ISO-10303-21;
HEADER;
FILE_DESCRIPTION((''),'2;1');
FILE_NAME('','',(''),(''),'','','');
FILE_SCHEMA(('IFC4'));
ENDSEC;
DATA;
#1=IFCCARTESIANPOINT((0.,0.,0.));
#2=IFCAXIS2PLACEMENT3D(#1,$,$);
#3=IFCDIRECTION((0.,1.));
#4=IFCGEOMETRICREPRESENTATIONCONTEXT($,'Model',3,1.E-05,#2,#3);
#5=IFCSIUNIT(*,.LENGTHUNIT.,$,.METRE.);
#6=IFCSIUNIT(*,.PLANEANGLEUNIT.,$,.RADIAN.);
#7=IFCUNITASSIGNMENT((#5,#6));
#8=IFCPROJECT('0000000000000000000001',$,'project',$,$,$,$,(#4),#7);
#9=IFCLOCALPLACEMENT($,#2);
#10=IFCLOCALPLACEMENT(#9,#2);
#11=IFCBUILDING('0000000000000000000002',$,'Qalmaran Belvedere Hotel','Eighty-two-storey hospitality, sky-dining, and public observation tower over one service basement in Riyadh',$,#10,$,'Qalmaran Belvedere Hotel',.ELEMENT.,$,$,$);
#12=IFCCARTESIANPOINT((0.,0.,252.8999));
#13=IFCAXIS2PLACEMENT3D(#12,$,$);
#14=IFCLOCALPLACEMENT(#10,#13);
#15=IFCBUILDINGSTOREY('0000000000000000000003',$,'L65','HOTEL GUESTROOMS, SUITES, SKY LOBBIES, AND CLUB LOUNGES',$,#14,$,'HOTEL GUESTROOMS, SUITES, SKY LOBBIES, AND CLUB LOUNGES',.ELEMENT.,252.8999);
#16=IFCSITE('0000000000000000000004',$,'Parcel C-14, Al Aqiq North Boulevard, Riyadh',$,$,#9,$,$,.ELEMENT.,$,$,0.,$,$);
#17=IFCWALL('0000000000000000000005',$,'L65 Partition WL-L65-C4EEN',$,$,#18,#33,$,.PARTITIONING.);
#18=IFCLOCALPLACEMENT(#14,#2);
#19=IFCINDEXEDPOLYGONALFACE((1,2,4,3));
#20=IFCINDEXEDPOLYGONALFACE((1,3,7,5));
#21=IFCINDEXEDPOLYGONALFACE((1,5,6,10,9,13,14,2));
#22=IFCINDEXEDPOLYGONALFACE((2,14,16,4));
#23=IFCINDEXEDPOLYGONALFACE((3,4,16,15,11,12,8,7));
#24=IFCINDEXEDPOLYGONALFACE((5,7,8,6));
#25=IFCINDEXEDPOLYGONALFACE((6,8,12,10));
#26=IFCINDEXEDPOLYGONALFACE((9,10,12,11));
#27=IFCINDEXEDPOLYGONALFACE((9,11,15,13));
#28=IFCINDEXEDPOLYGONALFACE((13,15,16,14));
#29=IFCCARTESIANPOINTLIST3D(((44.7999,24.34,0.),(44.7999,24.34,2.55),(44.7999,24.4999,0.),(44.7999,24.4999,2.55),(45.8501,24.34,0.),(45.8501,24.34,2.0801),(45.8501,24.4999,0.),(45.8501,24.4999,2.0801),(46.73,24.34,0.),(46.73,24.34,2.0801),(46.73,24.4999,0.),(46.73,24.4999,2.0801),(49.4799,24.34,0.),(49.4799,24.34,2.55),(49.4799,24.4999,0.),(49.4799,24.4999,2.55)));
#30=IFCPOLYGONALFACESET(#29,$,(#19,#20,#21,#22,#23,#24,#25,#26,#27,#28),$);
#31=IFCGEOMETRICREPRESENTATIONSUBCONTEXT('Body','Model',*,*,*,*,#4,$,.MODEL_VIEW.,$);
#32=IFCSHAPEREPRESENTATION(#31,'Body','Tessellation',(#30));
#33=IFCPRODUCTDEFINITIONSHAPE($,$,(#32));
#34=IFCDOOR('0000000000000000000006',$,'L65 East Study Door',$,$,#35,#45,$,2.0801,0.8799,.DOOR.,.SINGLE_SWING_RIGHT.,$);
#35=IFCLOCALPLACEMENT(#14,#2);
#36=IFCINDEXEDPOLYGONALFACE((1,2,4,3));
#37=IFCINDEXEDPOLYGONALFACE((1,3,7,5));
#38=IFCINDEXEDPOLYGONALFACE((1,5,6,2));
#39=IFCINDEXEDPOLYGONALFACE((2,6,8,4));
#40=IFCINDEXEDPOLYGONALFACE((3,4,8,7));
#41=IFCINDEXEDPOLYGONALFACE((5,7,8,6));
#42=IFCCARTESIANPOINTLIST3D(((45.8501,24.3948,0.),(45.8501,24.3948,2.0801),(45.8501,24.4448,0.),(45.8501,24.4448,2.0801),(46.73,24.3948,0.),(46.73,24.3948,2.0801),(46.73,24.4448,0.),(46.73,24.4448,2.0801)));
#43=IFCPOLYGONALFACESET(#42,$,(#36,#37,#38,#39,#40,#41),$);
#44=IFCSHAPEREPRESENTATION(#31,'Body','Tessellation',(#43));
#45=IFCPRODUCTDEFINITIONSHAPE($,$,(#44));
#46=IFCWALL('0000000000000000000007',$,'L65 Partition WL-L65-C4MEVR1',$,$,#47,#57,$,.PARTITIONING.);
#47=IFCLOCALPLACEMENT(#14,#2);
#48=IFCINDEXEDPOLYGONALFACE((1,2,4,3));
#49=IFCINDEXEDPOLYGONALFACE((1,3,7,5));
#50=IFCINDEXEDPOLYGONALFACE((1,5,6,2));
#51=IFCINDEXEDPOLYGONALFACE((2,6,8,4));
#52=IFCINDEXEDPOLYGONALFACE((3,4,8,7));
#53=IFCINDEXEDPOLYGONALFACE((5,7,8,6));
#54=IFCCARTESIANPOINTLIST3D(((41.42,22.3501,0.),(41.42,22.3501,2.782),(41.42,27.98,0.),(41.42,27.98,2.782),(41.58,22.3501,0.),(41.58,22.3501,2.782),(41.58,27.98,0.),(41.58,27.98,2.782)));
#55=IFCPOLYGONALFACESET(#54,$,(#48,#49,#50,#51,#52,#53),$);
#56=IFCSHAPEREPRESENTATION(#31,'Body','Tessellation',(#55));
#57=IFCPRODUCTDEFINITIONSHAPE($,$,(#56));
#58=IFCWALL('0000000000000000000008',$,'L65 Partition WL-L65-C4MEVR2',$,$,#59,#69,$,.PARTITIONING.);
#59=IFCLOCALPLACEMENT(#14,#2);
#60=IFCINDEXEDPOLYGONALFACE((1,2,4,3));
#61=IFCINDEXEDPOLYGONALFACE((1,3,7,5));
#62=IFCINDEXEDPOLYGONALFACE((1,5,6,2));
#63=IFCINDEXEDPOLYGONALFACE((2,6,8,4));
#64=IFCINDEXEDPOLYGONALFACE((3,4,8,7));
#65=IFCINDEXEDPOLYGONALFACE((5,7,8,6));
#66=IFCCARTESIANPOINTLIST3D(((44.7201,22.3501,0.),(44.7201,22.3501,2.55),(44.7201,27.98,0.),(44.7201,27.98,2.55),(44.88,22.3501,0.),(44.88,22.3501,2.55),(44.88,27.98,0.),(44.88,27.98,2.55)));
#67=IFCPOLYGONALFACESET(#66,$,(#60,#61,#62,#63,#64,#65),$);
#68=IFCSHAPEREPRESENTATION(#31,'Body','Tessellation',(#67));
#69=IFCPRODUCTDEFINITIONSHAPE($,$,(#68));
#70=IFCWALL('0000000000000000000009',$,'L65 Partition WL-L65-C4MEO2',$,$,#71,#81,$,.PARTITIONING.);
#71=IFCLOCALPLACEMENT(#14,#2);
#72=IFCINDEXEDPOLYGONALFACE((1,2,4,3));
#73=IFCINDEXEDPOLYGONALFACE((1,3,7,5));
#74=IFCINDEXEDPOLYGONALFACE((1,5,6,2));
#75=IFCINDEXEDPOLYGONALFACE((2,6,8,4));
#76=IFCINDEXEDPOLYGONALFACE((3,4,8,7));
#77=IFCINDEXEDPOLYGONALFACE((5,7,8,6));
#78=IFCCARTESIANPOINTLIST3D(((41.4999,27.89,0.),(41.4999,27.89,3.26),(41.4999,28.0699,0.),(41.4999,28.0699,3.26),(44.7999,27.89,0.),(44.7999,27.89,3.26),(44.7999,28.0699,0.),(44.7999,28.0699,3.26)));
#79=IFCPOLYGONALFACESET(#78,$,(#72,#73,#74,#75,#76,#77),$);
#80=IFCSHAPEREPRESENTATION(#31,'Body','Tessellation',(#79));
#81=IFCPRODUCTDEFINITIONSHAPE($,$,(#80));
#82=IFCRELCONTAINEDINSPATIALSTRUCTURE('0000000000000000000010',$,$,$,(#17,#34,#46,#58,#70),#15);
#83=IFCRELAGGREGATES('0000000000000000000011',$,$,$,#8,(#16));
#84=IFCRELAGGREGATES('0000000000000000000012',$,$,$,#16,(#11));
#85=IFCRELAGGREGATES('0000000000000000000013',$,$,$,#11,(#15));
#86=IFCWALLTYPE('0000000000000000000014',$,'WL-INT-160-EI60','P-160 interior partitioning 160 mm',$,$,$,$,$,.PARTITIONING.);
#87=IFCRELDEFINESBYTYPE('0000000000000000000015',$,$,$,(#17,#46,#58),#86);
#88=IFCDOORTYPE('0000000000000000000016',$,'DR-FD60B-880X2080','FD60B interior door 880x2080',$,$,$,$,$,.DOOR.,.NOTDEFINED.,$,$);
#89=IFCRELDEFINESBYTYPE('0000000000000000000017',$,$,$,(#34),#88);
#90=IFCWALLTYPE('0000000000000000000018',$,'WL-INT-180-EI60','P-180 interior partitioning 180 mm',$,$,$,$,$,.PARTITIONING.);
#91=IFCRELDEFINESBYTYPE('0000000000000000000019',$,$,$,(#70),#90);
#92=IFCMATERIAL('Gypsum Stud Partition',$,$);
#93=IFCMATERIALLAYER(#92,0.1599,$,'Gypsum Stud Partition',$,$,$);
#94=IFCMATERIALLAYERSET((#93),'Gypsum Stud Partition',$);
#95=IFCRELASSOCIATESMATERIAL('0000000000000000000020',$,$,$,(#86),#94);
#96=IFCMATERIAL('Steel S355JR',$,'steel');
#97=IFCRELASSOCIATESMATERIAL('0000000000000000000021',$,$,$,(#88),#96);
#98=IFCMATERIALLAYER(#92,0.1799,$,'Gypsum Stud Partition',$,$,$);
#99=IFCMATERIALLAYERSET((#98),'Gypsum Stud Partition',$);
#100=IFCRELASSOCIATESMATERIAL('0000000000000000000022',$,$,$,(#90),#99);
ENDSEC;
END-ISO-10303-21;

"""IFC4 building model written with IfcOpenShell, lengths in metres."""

from ifc_helpers import new_model, si_unit, direction, frame, frame_2d, origin, place, context, subcontext, project, spatial, rectangle, extrude, material, layer, layer_set, type_object, element, fill, save


model = new_model("IFC4")

# Units and contexts
model_context = context("Model", 3, precision=1e-05, world=origin(), true_north=direction((0.0, 1.0)))
body_context = subcontext(model_context, "Body", "Model", "MODEL_VIEW")
ifc_project = project(units=[si_unit("LENGTHUNIT", "METRE"), si_unit("PLANEANGLEUNIT", "RADIAN")], contexts=[model_context])

# Site, building, storey
site_placement = place(None, origin())
site = spatial("IfcSite", under=ifc_project, at=site_placement, Name="Parcel C-14, Al Aqiq North Boulevard, Riyadh", CompositionType="ELEMENT", RefElevation=0.0)
building_placement = place(site_placement, origin())
building = spatial("IfcBuilding", under=site, at=building_placement, Name="Qalmaran Belvedere Hotel", Description="Eighty-two-storey hospitality, sky-dining, and public observation tower over one service basement in Riyadh", LongName="Qalmaran Belvedere Hotel", CompositionType="ELEMENT")
storey_placement = place(building_placement, frame((0.0, 0.0, 252.8999)))
storey = spatial("IfcBuildingStorey", under=building, at=storey_placement, Name="L65", Description="HOTEL GUESTROOMS, SUITES, SKY LOBBIES, AND CLUB LOUNGES", LongName="HOTEL GUESTROOMS, SUITES, SKY LOBBIES, AND CLUB LOUNGES", CompositionType="ELEMENT", Elevation=252.8999)

# Shared definitions
ifc_material_1 = material(Name="Steel S355JR", Category="steel")

# Wall, opening, door
ifc_material_2 = material(Name="Gypsum Stud Partition")
ifc_layer_1 = layer(ifc_material_2, 0.1599, Name="Gypsum Stud Partition")
ifc_layer_set_1 = layer_set([ifc_layer_1], Name="Gypsum Stud Partition")
wall_type_1 = type_object("IfcWallType", Name="WL-INT-160-EI60", Description="P-160 interior partitioning 160 mm", PredefinedType="PARTITIONING", material=ifc_layer_set_1)
wall_1_placement = place(storey_placement, frame((44.8, 24.4199, 0.0), z_axis=(0.0, 0.0, 1.0), x_axis=(1.0, 0.0, 0.0)))
wall_1 = element("IfcWall", 1, at=wall_1_placement, inside=storey, type_object=wall_type_1, Name="L65 Partition WL-L65-C4EEN", PredefinedType="PARTITIONING", context=body_context, shape_type="SweptSolid", body=[
    extrude(rectangle(XDim=4.6799, YDim=0.1599, at=frame_2d((2.3398, 0.0))), origin(), (0.0, 0.0, 1.0), 2.55),
])
opening_1_placement = place(wall_1_placement, frame((1.05, 0.0, 0.0)))
opening_1 = element("IfcOpeningElement", 2, at=opening_1_placement, cuts=wall_1, PredefinedType="OPENING", context=body_context, shape_type="SweptSolid", body=[
    extrude(rectangle(XDim=0.8799, YDim=2.0801, at=frame_2d((0.4399, 1.04))), frame((0.0, 0.0898, 0.0), z_axis=(0.0, -1.0, 0.0), x_axis=(1.0, 0.0, 0.0)), (0.0, 0.0, 1.0), 0.1799),
])
door_type_1 = type_object("IfcDoorType", Name="DR-FD60B-880X2080", Description="FD60B interior door 880x2080", OperationType="NOTDEFINED", PredefinedType="DOOR", material=ifc_material_1)
door_1_placement = place(opening_1_placement, origin())
door_1 = element("IfcDoor", 3, at=door_1_placement, inside=storey, type_object=door_type_1, Name="L65 East Study Door", OperationType="SINGLE_SWING_RIGHT", OverallHeight=2.0801, OverallWidth=0.8799, PredefinedType="DOOR", context=body_context, shape_type="SweptSolid", body=[
    extrude(rectangle(XDim=0.8799, YDim=2.0801, at=frame_2d((0.4399, 1.04))), frame((0.0, 0.0249, 0.0), z_axis=(0.0, -1.0, 0.0), x_axis=(1.0, 0.0, 0.0)), (0.0, 0.0, 1.0), 0.05),
])
fill(opening_1, door_1)

# Walls
wall_2_placement = place(storey_placement, frame((41.5, 22.3501, 0.0), z_axis=(0.0, 0.0, 1.0), x_axis=(0.0, 1.0, 0.0)))
element("IfcWall", 4, at=wall_2_placement, inside=storey, type_object=wall_type_1, Name="L65 Partition WL-L65-C4MEVR1", PredefinedType="PARTITIONING", context=body_context, shape_type="SweptSolid", body=[
    extrude(rectangle(XDim=5.6299, YDim=0.1599, at=frame_2d((2.8149, 0.0))), origin(), (0.0, 0.0, 1.0), 2.782),
])
wall_3_placement = place(storey_placement, frame((44.8, 22.3501, 0.0), z_axis=(0.0, 0.0, 1.0), x_axis=(0.0, 1.0, 0.0)))
element("IfcWall", 5, at=wall_3_placement, inside=storey, type_object=wall_type_1, Name="L65 Partition WL-L65-C4MEVR2", PredefinedType="PARTITIONING", context=body_context, shape_type="SweptSolid", body=[
    extrude(rectangle(XDim=5.6299, YDim=0.1599, at=frame_2d((2.8149, 0.0))), origin(), (0.0, 0.0, 1.0), 2.55),
])

# Shared definitions
ifc_layer_2 = layer(ifc_material_2, 0.1799, Name="Gypsum Stud Partition")
ifc_layer_set_2 = layer_set([ifc_layer_2], Name="Gypsum Stud Partition")
wall_type_2 = type_object("IfcWallType", Name="WL-INT-180-EI60", Description="P-180 interior partitioning 180 mm", PredefinedType="PARTITIONING", material=ifc_layer_set_2)

# Wall
wall_4_placement = place(storey_placement, frame((41.5, 27.98, 0.0), z_axis=(0.0, 0.0, 1.0), x_axis=(1.0, 0.0, 0.0)))
element("IfcWall", 6, at=wall_4_placement, inside=storey, type_object=wall_type_2, Name="L65 Partition WL-L65-C4MEO2", PredefinedType="PARTITIONING", context=body_context, shape_type="SweptSolid", body=[
    extrude(rectangle(XDim=3.3, YDim=0.1799, at=frame_2d((1.6499, 0.0))), origin(), (0.0, 0.0, 1.0), 3.26),
])

save(model, "model.ifc")
